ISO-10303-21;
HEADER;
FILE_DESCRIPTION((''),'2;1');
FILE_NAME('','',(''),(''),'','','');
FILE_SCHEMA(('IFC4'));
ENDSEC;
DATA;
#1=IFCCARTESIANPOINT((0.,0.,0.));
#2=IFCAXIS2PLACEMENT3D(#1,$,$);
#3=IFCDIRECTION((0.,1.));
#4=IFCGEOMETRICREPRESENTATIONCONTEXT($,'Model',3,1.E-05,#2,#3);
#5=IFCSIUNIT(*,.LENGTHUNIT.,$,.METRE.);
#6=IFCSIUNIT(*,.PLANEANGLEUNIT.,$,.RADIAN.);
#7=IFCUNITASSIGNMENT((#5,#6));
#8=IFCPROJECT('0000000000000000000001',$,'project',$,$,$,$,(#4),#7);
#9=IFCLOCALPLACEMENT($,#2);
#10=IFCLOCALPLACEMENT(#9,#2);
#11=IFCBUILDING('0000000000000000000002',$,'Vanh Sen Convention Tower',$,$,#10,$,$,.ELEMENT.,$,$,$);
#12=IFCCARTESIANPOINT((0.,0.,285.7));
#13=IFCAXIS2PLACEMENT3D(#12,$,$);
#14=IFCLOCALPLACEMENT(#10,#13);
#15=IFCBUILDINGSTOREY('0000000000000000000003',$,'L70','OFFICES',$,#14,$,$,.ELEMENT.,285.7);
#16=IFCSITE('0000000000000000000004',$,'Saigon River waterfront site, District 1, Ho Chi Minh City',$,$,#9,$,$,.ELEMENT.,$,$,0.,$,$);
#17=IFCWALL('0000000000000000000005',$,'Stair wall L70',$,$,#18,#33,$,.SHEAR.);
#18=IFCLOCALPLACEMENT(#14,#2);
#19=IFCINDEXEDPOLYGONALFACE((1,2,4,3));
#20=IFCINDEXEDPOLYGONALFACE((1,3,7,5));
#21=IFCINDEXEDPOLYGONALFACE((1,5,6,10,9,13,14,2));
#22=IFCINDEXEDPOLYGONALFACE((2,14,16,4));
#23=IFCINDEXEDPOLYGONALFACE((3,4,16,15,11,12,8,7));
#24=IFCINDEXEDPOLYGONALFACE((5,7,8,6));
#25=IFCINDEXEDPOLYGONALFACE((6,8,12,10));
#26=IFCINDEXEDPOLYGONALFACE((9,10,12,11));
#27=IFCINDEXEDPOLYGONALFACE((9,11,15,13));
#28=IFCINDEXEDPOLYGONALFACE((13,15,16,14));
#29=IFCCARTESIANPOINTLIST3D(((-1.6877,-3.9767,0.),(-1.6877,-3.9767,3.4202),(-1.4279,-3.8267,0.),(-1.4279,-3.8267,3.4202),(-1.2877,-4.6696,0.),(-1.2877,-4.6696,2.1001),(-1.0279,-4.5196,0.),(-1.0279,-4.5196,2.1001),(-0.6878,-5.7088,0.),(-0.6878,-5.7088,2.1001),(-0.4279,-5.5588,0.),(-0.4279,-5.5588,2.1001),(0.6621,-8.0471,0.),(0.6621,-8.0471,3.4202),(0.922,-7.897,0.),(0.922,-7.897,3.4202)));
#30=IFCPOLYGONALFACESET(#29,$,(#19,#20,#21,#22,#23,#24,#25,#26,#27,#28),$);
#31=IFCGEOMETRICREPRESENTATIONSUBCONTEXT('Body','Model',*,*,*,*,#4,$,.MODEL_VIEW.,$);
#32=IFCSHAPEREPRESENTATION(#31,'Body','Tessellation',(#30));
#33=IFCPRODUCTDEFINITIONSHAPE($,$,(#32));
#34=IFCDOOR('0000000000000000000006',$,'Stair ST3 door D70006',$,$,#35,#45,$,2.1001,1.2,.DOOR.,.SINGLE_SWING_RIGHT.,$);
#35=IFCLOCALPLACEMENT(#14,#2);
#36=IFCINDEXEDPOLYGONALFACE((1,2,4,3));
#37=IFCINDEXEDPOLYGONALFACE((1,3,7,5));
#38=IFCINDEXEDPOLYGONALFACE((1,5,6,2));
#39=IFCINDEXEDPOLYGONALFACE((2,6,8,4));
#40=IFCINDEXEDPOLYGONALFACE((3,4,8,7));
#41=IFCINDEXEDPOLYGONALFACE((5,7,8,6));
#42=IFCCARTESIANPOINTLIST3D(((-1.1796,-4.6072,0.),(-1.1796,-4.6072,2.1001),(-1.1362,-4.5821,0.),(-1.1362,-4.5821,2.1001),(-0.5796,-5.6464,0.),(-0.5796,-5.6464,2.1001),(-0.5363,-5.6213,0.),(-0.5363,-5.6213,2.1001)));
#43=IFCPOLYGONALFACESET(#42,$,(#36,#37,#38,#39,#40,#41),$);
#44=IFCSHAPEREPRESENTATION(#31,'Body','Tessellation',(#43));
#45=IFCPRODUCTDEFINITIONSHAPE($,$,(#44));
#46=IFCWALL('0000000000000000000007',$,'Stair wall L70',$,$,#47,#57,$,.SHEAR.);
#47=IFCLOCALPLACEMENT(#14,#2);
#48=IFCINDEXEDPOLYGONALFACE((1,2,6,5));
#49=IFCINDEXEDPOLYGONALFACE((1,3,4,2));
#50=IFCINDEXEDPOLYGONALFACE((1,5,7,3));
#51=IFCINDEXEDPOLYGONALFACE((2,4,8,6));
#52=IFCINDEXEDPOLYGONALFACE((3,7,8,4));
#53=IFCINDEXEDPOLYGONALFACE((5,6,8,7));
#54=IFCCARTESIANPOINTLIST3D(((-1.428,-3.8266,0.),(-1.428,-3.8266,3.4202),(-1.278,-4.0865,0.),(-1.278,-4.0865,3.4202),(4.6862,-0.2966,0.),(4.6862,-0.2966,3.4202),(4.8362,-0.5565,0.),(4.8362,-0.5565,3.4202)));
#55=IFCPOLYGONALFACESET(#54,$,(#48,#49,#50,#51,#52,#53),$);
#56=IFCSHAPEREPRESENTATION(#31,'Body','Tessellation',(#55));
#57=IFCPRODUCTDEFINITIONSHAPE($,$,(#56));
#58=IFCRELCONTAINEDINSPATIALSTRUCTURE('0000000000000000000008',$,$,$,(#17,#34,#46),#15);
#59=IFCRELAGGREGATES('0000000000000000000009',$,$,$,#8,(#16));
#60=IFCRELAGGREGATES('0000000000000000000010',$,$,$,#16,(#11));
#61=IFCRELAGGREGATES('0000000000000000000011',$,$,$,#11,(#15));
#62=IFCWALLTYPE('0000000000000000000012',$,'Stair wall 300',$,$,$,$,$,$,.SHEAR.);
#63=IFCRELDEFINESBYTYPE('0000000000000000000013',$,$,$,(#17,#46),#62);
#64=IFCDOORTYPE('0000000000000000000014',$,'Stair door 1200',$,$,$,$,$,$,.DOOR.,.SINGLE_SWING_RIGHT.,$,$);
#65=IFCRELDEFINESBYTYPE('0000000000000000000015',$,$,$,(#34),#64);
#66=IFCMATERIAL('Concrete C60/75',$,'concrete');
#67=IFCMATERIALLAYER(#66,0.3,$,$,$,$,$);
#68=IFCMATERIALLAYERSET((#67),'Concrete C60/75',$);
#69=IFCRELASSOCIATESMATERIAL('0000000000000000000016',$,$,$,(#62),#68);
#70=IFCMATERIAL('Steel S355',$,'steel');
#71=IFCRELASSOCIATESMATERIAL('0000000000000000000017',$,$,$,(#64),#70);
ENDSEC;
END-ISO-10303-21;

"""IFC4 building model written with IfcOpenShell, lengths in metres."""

from ifc_helpers import new_model, si_unit, direction, frame, frame_2d, origin, place, context, subcontext, project, spatial, rectangle, extrude, material, layer, layer_set, type_object, element, fill, save


model = new_model("IFC4")

# Units and contexts
model_context = context("Model", 3, precision=1e-05, world=origin(), true_north=direction((0.0, 1.0)))
body_context = subcontext(model_context, "Body", "Model", "MODEL_VIEW")
ifc_project = project(units=[si_unit("LENGTHUNIT", "METRE"), si_unit("PLANEANGLEUNIT", "RADIAN")], contexts=[model_context])

# Site, building, storey
site_placement = place(None, origin())
site = spatial("IfcSite", under=ifc_project, at=site_placement, Name="Saigon River waterfront site, District 1, Ho Chi Minh City", CompositionType="ELEMENT", RefElevation=0.0)
building_placement = place(site_placement, origin())
building = spatial("IfcBuilding", under=site, at=building_placement, Name="Vanh Sen Convention Tower", CompositionType="ELEMENT")
storey_placement = place(building_placement, frame((0.0, 0.0, 285.7)))
storey = spatial("IfcBuildingStorey", under=building, at=storey_placement, Name="L70", Description="OFFICES", CompositionType="ELEMENT", Elevation=285.7)

# Shared definitions
ifc_material_1 = material(Name="Concrete C60/75", Category="concrete")
ifc_material_2 = material(Name="Steel S355", Category="steel")

# Shared definitions
ifc_layer_1 = layer(ifc_material_1, 0.3)
ifc_layer_set_1 = layer_set([ifc_layer_1], Name="Concrete C60/75")
wall_type_1 = type_object("IfcWallType", Name="Stair wall 300", PredefinedType="SHEAR", material=ifc_layer_set_1)

# Wall, opening, door
wall_1_placement = place(storey_placement, frame((-1.5579, -3.9016, 0.0), z_axis=(0.0, 0.0, 1.0), x_axis=(0.499977, -0.866039, 0.0)))
wall_1 = element("IfcWall", 1, at=wall_1_placement, inside=storey, type_object=wall_type_1, Name="Stair wall L70", PredefinedType="SHEAR", context=body_context, shape_type="SweptSolid", body=[
    extrude(rectangle(XDim=4.7, YDim=0.3, at=frame_2d((2.3501, 0.0))), origin(), (0.0, 0.0, 1.0), 3.4202),
])
opening_1_placement = place(wall_1_placement, frame((0.8, 0.0, 0.0)))
opening_1 = element("IfcOpeningElement", 2, at=opening_1_placement, cuts=wall_1, PredefinedType="OPENING", context=body_context, shape_type="SweptSolid", body=[
    extrude(rectangle(XDim=1.2, YDim=2.1001, at=frame_2d((0.6001, 1.05))), frame((0.0, 0.1599, 0.0), z_axis=(0.0, -1.0, 0.0), x_axis=(1.0, 0.0, 0.0)), (0.0, 0.0, 1.0), 0.3201),
])
door_type_1 = type_object("IfcDoorType", Name="Stair door 1200", OperationType="SINGLE_SWING_RIGHT", PredefinedType="DOOR", material=ifc_material_2)
door_1_placement = place(opening_1_placement, origin())
door_1 = element("IfcDoor", 3, at=door_1_placement, inside=storey, type_object=door_type_1, Name="Stair ST3 door D70006", OperationType="SINGLE_SWING_RIGHT", OverallHeight=2.1001, OverallWidth=1.2, PredefinedType="DOOR", context=body_context, shape_type="SweptSolid", body=[
    extrude(rectangle(XDim=1.2, YDim=2.1001, at=frame_2d((0.6001, 1.05))), frame((0.0, 0.0249, 0.0), z_axis=(0.0, -1.0, 0.0), x_axis=(1.0, 0.0, 0.0)), (0.0, 0.0, 1.0), 0.05),
])
fill(opening_1, door_1)

# Wall
wall_2_placement = place(storey_placement, frame((-1.353, -3.9565, 0.0), z_axis=(0.0, 0.0, 1.0), x_axis=(0.866028, 0.499996, 0.0)))
element("IfcWall", 4, at=wall_2_placement, inside=storey, type_object=wall_type_1, Name="Stair wall L70", PredefinedType="SHEAR", context=body_context, shape_type="SweptSolid", body=[
    extrude(rectangle(XDim=7.0601, YDim=0.3, at=frame_2d((3.53, 0.0))), origin(), (0.0, 0.0, 1.0), 3.4202),
])

save(model, "model.ifc")
